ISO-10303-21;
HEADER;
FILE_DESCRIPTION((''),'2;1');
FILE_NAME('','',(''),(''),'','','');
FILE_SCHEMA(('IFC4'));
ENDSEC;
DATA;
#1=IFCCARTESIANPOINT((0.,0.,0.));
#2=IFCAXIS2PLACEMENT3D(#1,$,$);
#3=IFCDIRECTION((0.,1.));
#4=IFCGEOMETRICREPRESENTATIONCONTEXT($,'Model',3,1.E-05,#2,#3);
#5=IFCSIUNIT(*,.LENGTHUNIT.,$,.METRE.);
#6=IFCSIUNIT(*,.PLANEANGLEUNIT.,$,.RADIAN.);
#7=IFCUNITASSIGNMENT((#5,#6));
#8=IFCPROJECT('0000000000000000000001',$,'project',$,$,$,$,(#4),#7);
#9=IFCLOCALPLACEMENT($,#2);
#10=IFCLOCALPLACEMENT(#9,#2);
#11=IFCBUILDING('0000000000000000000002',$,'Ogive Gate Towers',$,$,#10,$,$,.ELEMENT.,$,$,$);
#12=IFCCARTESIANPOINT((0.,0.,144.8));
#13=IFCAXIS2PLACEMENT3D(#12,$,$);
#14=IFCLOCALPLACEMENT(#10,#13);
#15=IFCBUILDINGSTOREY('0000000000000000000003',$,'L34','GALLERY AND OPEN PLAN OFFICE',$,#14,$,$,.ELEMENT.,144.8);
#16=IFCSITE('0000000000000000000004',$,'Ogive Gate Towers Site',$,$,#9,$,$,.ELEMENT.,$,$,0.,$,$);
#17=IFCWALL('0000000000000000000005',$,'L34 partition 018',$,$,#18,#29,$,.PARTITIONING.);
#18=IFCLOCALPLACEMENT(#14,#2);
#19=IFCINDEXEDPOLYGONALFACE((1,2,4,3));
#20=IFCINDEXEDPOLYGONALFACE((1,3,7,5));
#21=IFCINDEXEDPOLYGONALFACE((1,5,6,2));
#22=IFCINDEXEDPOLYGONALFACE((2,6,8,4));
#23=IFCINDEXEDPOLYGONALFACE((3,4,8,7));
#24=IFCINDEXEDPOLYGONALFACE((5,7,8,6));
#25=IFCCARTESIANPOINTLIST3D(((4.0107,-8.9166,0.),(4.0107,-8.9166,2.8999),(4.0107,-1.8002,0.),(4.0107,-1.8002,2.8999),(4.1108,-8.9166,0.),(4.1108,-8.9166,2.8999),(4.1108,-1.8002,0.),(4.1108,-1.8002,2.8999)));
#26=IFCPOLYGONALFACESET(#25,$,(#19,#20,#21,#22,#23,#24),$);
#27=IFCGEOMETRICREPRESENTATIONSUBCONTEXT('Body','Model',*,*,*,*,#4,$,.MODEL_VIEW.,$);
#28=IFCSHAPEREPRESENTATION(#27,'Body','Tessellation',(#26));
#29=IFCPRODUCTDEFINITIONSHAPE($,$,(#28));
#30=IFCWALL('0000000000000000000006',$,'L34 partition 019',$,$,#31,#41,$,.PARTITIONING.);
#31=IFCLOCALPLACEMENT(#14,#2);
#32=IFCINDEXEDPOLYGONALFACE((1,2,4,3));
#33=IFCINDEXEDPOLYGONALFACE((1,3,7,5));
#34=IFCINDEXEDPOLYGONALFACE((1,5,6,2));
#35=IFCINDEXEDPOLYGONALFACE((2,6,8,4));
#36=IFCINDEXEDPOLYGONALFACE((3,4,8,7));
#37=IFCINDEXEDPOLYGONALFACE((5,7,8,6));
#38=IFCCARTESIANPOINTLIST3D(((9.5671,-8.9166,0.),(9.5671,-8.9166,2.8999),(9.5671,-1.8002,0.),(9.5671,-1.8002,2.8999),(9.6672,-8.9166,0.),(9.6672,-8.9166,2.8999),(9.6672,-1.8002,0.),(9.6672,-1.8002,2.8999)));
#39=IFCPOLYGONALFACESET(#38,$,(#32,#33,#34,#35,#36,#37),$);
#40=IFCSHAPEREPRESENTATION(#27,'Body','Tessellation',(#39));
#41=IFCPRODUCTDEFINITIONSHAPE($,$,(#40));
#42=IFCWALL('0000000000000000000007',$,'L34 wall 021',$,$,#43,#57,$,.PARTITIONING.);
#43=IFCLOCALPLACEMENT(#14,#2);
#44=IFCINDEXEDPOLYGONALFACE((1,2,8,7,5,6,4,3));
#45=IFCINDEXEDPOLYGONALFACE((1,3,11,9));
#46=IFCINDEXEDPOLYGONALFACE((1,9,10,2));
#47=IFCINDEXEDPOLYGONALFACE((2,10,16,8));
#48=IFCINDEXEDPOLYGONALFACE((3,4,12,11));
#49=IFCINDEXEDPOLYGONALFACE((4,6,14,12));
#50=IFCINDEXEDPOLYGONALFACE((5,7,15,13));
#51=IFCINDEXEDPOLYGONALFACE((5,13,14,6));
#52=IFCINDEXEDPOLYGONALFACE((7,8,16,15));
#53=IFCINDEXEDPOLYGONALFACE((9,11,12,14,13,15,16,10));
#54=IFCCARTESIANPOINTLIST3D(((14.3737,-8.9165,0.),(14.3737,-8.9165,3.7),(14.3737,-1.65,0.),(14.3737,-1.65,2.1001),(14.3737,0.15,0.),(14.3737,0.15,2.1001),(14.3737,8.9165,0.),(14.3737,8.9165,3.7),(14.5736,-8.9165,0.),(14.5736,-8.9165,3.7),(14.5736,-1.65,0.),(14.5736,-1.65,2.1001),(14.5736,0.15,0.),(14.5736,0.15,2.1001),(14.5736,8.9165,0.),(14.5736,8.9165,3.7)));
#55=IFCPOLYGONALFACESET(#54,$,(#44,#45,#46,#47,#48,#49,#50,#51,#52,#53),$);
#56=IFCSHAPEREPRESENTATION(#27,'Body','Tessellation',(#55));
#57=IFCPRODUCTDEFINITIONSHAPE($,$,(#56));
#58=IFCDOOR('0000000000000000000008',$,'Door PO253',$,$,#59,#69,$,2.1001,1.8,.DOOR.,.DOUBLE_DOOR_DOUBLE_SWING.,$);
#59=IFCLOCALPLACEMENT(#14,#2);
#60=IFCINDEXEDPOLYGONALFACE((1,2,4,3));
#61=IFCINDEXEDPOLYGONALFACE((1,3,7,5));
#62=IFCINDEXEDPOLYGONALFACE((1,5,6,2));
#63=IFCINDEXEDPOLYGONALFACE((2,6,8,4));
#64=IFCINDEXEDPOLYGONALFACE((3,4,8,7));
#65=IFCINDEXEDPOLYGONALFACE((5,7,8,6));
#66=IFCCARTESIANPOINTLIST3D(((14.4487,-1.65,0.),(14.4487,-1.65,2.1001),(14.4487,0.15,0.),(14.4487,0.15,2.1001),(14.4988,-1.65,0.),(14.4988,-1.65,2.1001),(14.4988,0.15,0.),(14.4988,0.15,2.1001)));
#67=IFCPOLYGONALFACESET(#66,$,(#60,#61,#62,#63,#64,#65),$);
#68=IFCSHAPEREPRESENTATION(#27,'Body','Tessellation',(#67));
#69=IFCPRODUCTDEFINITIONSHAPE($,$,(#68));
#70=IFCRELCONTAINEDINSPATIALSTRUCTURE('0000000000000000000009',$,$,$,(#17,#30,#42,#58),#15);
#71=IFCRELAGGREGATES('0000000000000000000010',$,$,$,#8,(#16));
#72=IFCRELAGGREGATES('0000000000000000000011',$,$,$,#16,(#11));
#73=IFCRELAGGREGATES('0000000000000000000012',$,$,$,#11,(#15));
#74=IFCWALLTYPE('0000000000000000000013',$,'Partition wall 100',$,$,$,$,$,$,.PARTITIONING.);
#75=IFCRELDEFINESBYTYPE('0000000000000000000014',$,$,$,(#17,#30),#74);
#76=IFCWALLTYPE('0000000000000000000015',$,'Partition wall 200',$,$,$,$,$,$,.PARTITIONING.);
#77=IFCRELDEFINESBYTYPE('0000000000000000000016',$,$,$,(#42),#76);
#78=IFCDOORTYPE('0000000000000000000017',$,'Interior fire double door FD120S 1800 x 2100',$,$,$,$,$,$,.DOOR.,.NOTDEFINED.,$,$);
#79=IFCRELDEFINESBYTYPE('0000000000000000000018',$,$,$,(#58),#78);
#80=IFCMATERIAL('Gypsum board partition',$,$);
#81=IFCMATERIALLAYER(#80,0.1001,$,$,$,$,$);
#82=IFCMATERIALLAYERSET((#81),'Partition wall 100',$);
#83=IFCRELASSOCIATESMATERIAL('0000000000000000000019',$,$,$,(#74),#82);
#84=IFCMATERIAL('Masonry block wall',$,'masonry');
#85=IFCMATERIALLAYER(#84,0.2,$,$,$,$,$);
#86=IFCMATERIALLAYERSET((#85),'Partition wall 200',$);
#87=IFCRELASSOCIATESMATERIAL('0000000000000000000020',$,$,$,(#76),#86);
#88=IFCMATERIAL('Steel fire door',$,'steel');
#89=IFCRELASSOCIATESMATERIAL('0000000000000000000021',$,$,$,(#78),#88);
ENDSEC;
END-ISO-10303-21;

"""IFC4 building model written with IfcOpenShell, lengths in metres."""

from ifc_helpers import new_model, si_unit, direction, frame, frame_2d, origin, place, context, subcontext, project, spatial, rectangle, extrude, material, layer, layer_set, type_object, element, fill, save


model = new_model("IFC4")

# Units and contexts
model_context = context("Model", 3, precision=1e-05, world=origin(), true_north=direction((0.0, 1.0)))
body_context = subcontext(model_context, "Body", "Model", "MODEL_VIEW")
ifc_project = project(units=[si_unit("LENGTHUNIT", "METRE"), si_unit("PLANEANGLEUNIT", "RADIAN")], contexts=[model_context])

# Site, building, storey
site_placement = place(None, origin())
site = spatial("IfcSite", under=ifc_project, at=site_placement, Name="Ogive Gate Towers Site", CompositionType="ELEMENT", RefElevation=0.0)
building_placement = place(site_placement, origin())
building = spatial("IfcBuilding", under=site, at=building_placement, Name="Ogive Gate Towers", CompositionType="ELEMENT")
storey_placement = place(building_placement, frame((0.0, 0.0, 144.8)))
storey = spatial("IfcBuildingStorey", under=building, at=storey_placement, Name="L34", Description="GALLERY AND OPEN PLAN OFFICE", CompositionType="ELEMENT", Elevation=144.8)

# Shared definitions
ifc_material_1 = material(Name="Gypsum board partition")

# Shared definitions
ifc_layer_1 = layer(ifc_material_1, 0.1001)
ifc_layer_set_1 = layer_set([ifc_layer_1], Name="Partition wall 100")
wall_type_1 = type_object("IfcWallType", Name="Partition wall 100", PredefinedType="PARTITIONING", material=ifc_layer_set_1)

# Walls
for number, where, z_axis, x_axis, name in (
    (1, (4.0608, -8.9165, 0.0), (0.0, 0.0, 1.0), (0.0, 1.0, 0.0), "L34 partition 018"),
    (2, (9.6172, -8.9165, 0.0), (0.0, 0.0, 1.0), (0.0, 1.0, 0.0), "L34 partition 019"),
):
    element("IfcWall", number, at=place(storey_placement, frame(where, z_axis=z_axis, x_axis=x_axis)), inside=storey, type_object=wall_type_1, Name=name, PredefinedType="PARTITIONING", context=body_context, shape_type="SweptSolid", body=[
        extrude(rectangle(XDim=7.1165, YDim=0.1001, at=frame_2d((3.5581, 0.0))), origin(), (0.0, 0.0, 1.0), 2.8999),
    ])

# Wall, opening, door
ifc_material_2 = material(Name="Masonry block wall", Category="masonry")
ifc_layer_2 = layer(ifc_material_2, 0.2)
ifc_layer_set_2 = layer_set([ifc_layer_2], Name="Partition wall 200")
wall_type_2 = type_object("IfcWallType", Name="Partition wall 200", PredefinedType="PARTITIONING", material=ifc_layer_set_2)
wall_1_placement = place(storey_placement, frame((14.4736, -8.9165, 0.0), z_axis=(0.0, 0.0, 1.0), x_axis=(0.0, 1.0, 0.0)))
wall_1 = element("IfcWall", 3, at=wall_1_placement, inside=storey, type_object=wall_type_2, Name="L34 wall 021", PredefinedType="PARTITIONING", context=body_context, shape_type="SweptSolid", body=[
    extrude(rectangle(XDim=17.833, YDim=0.2, at=frame_2d((8.9165, 0.0))), origin(), (0.0, 0.0, 1.0), 3.7),
])
opening_1_placement = place(wall_1_placement, frame((7.2666, 0.0, 0.0)))
opening_1 = element("IfcOpeningElement", 4, at=opening_1_placement, cuts=wall_1, PredefinedType="OPENING", context=body_context, shape_type="SweptSolid", body=[
    extrude(rectangle(XDim=1.8, YDim=2.1001, at=frame_2d((0.8999, 1.05))), frame((0.0, 0.1099, 0.0), z_axis=(0.0, -1.0, 0.0), x_axis=(1.0, 0.0, 0.0)), (0.0, 0.0, 1.0), 0.22),
])
ifc_material_3 = material(Name="Steel fire door", Category="steel")
door_type_1 = type_object("IfcDoorType", Name="Interior fire double door FD120S 1800 x 2100", OperationType="NOTDEFINED", PredefinedType="DOOR", material=ifc_material_3)
door_1_placement = place(opening_1_placement, origin())
door_1 = element("IfcDoor", 5, at=door_1_placement, inside=storey, type_object=door_type_1, Name="Door PO253", OperationType="DOUBLE_DOOR_DOUBLE_SWING", OverallHeight=2.1001, OverallWidth=1.8, PredefinedType="DOOR", context=body_context, shape_type="SweptSolid", body=[
    extrude(rectangle(XDim=1.8, YDim=2.1001, at=frame_2d((0.8999, 1.05))), frame((0.0, 0.0249, 0.0), z_axis=(0.0, -1.0, 0.0), x_axis=(1.0, 0.0, 0.0)), (0.0, 0.0, 1.0), 0.05),
])
fill(opening_1, door_1)

save(model, "model.ifc")
